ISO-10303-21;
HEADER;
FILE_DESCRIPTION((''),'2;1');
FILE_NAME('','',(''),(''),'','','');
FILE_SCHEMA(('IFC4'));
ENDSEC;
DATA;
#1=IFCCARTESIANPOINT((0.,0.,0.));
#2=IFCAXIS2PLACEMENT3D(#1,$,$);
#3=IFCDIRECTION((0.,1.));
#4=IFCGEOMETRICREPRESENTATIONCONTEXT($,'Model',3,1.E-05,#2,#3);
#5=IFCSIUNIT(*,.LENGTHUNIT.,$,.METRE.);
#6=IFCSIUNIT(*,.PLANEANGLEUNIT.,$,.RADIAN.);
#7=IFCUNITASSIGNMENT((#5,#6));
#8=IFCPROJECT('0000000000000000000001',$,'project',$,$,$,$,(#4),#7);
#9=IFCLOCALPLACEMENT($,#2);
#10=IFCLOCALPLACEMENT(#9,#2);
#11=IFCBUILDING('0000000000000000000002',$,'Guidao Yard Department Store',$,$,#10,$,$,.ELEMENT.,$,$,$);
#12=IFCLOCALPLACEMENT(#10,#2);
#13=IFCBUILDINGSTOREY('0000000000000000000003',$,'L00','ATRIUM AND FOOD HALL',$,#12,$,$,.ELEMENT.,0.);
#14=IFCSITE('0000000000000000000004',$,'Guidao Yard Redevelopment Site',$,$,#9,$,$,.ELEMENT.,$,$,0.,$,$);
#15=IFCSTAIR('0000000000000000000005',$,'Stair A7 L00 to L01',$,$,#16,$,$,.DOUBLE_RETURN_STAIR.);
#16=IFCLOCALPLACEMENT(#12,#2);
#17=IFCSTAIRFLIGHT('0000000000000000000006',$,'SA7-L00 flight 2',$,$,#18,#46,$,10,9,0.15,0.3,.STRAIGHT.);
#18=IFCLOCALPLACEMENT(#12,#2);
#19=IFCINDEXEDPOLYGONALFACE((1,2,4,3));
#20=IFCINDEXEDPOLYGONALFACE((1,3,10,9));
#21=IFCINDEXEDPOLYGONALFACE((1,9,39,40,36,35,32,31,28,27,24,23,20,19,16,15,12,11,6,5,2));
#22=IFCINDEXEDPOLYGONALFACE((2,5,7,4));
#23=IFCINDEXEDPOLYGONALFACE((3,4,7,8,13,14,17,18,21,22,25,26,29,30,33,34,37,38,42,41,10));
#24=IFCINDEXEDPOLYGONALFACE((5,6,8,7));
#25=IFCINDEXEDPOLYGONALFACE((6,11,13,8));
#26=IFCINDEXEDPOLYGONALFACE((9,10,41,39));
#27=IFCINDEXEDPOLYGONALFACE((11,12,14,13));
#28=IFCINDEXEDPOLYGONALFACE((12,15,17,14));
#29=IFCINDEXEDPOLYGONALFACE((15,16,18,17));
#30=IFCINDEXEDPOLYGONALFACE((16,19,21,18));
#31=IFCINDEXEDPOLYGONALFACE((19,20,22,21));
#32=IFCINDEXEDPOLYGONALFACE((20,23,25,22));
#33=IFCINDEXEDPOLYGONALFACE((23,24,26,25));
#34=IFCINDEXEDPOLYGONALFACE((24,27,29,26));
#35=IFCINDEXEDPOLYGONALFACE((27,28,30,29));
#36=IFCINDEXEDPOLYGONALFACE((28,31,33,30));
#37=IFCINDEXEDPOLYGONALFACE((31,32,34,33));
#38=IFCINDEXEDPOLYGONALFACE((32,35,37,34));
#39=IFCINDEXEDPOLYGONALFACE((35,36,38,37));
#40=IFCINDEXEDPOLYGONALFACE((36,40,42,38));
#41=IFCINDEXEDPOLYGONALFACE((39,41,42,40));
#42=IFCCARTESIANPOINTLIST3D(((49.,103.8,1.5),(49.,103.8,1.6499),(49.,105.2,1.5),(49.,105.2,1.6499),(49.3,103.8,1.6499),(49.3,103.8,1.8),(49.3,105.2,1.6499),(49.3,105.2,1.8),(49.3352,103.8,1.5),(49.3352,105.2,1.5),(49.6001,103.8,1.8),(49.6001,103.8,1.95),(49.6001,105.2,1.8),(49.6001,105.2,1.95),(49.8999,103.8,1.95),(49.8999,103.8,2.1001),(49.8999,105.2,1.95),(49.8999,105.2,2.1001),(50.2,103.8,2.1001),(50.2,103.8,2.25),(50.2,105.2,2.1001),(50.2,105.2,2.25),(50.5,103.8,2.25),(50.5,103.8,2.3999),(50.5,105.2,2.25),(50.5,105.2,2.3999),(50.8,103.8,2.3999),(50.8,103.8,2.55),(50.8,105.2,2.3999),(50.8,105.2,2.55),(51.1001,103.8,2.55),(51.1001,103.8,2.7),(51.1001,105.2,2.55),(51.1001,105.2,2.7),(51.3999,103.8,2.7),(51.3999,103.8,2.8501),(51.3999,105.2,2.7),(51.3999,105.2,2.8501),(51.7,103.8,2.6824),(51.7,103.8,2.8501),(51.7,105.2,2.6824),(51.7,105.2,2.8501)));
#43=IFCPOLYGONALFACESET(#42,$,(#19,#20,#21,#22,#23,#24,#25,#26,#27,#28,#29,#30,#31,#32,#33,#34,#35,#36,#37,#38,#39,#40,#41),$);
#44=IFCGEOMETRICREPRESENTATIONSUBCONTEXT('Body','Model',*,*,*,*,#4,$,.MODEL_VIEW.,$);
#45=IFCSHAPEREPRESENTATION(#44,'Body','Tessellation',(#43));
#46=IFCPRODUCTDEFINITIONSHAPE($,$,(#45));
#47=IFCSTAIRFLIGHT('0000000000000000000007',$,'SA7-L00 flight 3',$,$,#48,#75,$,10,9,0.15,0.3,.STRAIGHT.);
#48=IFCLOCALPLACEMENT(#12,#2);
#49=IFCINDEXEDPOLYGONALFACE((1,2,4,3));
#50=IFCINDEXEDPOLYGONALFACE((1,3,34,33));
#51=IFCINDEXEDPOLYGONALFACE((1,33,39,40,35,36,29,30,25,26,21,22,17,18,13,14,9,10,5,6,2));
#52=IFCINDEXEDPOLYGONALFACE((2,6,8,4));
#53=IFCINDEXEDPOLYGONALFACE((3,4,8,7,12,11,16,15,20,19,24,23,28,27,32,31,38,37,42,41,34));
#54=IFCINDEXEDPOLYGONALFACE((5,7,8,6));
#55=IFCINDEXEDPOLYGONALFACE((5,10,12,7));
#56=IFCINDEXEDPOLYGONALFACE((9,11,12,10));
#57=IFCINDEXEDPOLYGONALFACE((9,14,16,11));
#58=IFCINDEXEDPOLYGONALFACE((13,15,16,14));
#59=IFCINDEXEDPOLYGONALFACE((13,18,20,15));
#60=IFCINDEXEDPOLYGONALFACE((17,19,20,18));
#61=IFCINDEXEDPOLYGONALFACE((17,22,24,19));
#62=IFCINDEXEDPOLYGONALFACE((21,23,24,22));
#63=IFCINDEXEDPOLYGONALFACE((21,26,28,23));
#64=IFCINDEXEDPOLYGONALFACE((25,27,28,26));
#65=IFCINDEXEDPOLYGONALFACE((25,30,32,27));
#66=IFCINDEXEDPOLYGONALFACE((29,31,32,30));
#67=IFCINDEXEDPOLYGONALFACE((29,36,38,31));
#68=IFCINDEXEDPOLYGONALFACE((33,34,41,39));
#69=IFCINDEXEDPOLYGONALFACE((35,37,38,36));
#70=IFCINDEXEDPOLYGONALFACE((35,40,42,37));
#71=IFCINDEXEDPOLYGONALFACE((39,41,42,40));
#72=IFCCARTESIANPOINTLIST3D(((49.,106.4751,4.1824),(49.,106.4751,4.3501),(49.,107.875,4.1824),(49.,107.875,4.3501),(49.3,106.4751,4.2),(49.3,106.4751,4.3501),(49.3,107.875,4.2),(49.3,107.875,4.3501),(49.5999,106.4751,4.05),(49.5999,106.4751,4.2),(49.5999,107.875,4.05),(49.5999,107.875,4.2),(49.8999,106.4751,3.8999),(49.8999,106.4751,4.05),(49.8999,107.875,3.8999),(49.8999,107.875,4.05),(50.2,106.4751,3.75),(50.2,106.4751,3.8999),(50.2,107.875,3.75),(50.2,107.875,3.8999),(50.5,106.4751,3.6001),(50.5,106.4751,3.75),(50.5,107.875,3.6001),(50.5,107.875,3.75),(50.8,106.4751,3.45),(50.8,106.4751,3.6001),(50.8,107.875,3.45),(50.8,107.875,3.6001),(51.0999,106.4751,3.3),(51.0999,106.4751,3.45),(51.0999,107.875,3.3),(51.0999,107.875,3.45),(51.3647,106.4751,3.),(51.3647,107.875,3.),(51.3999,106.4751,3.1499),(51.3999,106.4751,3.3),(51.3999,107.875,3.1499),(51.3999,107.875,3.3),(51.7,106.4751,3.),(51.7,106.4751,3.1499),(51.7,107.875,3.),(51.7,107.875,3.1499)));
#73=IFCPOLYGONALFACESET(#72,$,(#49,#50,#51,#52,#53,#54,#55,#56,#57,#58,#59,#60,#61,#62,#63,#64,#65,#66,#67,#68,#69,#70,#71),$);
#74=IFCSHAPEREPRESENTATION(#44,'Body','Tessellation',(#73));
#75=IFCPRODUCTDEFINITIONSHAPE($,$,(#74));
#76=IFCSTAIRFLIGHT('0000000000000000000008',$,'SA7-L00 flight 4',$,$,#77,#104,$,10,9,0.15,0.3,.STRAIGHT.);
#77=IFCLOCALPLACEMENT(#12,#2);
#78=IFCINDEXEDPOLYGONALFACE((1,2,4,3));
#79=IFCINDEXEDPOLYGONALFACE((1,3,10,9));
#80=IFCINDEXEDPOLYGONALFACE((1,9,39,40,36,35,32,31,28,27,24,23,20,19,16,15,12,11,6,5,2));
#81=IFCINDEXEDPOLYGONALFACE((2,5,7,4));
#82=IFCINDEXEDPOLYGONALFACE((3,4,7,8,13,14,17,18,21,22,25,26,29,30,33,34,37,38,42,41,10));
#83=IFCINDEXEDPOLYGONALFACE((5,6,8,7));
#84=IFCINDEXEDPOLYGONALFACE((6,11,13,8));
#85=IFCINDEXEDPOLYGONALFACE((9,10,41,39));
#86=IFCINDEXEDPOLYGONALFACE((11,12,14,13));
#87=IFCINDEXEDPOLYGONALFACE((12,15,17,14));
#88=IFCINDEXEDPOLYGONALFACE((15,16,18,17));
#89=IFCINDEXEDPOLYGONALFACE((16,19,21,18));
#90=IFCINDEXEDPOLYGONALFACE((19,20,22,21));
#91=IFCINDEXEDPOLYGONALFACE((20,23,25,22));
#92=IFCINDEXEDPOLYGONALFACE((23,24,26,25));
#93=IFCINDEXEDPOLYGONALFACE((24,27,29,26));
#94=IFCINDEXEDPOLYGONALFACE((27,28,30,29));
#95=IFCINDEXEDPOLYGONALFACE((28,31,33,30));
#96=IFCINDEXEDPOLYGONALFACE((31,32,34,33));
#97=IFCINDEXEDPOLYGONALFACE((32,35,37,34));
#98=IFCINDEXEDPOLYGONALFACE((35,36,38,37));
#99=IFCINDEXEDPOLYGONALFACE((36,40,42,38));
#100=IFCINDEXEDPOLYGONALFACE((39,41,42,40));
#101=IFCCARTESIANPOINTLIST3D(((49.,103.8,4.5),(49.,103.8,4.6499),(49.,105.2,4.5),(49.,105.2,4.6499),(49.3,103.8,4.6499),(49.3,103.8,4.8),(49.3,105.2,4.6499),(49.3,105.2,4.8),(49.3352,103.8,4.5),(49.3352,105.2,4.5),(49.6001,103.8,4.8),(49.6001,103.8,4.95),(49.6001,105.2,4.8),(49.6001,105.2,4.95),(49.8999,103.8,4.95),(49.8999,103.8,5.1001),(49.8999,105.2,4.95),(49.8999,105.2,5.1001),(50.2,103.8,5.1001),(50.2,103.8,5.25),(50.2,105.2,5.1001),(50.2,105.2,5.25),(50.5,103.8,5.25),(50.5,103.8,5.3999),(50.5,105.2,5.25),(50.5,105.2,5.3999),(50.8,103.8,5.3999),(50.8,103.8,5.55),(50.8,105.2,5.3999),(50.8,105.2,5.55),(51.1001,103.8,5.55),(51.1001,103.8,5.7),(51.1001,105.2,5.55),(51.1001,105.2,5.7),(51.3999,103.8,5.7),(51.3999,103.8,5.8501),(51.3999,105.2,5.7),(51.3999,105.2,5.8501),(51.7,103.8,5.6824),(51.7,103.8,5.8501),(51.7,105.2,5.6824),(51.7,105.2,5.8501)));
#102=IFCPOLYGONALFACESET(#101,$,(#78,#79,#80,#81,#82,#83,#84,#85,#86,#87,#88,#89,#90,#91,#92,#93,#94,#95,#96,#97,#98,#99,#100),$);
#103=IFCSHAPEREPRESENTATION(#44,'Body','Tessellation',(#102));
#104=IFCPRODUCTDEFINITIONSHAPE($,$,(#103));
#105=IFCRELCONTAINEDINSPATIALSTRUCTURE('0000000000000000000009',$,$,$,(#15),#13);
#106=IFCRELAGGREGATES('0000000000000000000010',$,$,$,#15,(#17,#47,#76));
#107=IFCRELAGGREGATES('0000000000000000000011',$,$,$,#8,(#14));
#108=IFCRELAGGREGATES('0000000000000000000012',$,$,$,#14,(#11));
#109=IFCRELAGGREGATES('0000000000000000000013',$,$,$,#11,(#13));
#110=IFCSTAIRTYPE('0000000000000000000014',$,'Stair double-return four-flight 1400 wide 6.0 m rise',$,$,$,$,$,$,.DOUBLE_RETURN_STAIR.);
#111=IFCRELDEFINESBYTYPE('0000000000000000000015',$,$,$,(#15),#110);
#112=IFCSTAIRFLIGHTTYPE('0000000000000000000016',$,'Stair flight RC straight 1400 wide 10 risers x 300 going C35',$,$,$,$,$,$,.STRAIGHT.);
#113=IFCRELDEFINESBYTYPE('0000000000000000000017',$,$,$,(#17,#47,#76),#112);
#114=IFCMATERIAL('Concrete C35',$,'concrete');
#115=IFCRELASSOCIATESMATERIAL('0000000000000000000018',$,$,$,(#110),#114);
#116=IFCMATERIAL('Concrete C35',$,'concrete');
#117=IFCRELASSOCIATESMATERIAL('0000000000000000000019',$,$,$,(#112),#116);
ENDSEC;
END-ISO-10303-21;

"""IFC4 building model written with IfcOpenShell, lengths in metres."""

from ifc_helpers import new_model, si_unit, direction, frame, origin, place, context, subcontext, project, spatial, polyline, outline, extrude, material, type_object, element, aggregate, save


model = new_model("IFC4")

# Units and contexts
model_context = context("Model", 3, precision=1e-05, world=origin(), true_north=direction((0.0, 1.0)))
body_context = subcontext(model_context, "Body", "Model", "MODEL_VIEW")
ifc_project = project(units=[si_unit("LENGTHUNIT", "METRE"), si_unit("PLANEANGLEUNIT", "RADIAN")], contexts=[model_context])

# Site, building, storey
site_placement = place(None, origin())
site = spatial("IfcSite", under=ifc_project, at=site_placement, Name="Guidao Yard Redevelopment Site", CompositionType="ELEMENT", RefElevation=0.0)
building_placement = place(site_placement, origin())
building = spatial("IfcBuilding", under=site, at=building_placement, Name="Guidao Yard Department Store", CompositionType="ELEMENT")
storey_placement = place(building_placement, origin())
storey = spatial("IfcBuildingStorey", under=building, at=storey_placement, Name="L00", Description="ATRIUM AND FOOD HALL", CompositionType="ELEMENT", Elevation=0.0)

# Stair, stair flights
ifc_material_1 = material(Name="Concrete C35", Category="concrete")
stair_type = type_object("IfcStairType", Name="Stair double-return four-flight 1400 wide 6.0 m rise", PredefinedType="DOUBLE_RETURN_STAIR", material=ifc_material_1)
stair_placement = place(storey_placement, origin())
stair = element("IfcStair", 1, at=stair_placement, inside=storey, type_object=stair_type, Name="Stair A7 L00 to L01", PredefinedType="DOUBLE_RETURN_STAIR")
ifc_material_2 = material(Name="Concrete C35", Category="concrete")
stair_flight_type = type_object("IfcStairFlightType", Name="Stair flight RC straight 1400 wide 10 risers x 300 going C35", PredefinedType="STRAIGHT", material=ifc_material_2)
stair_flight_1_placement = place(storey_placement, frame((49.0, 104.5, 1.5), z_axis=(0.0, 0.0, 1.0), x_axis=(1.0, 0.0, 0.0)))
stair_flight_1 = element("IfcStairFlight", 2, at=stair_flight_1_placement, type_object=stair_flight_type, Name="SA7-L00 flight 2", NumberOfRisers=10, NumberOfTreads=9, PredefinedType="STRAIGHT", RiserHeight=0.15, TreadLength=0.3, context=body_context, shape_type="SweptSolid", body=[
    extrude(outline(polyline([(0.0, 0.0), (0.0, 0.1499), (0.3, 0.1499), (0.3, 0.3), (0.6001, 0.3), (0.6001, 0.45), (0.8999, 0.45), (0.8999, 0.6001), (1.2, 0.6001), (1.2, 0.75), (1.5, 0.75), (1.5, 0.8999), (1.8, 0.8999), (1.8, 1.05), (2.1001, 1.05), (2.1001, 1.2), (2.3999, 1.2), (2.3999, 1.3501), (2.7, 1.3501), (2.7, 1.5), (2.7, 1.1824), (0.3352, 0.0), (0.0, 0.0)])), frame((0.0, 0.7, 0.0), z_axis=(0.0, -1.0, 0.0), x_axis=(1.0, 0.0, 0.0)), (0.0, 0.0, 1.0), 1.3999),
])
stair_flight_2_placement = place(storey_placement, frame((51.7, 107.175, 3.0), z_axis=(0.0, 0.0, 1.0), x_axis=(-1.0, 0.0, 0.0)))
stair_flight_2 = element("IfcStairFlight", 3, at=stair_flight_2_placement, type_object=stair_flight_type, Name="SA7-L00 flight 3", NumberOfRisers=10, NumberOfTreads=9, PredefinedType="STRAIGHT", RiserHeight=0.15, TreadLength=0.3, context=body_context, shape_type="SweptSolid", body=[
    extrude(outline(polyline([(0.0, 0.0), (0.0, 0.1499), (0.3, 0.1499), (0.3, 0.3), (0.6001, 0.3), (0.6001, 0.45), (0.8999, 0.45), (0.8999, 0.6001), (1.2, 0.6001), (1.2, 0.75), (1.5, 0.75), (1.5, 0.8999), (1.8, 0.8999), (1.8, 1.05), (2.1001, 1.05), (2.1001, 1.2), (2.3999, 1.2), (2.3999, 1.3501), (2.7, 1.3501), (2.7, 1.5), (2.7, 1.1824), (0.3352, 0.0), (0.0, 0.0)])), frame((0.0, 0.7, 0.0), z_axis=(0.0, -1.0, 0.0), x_axis=(1.0, 0.0, 0.0)), (0.0, 0.0, 1.0), 1.3999),
])
stair_flight_3_placement = place(storey_placement, frame((49.0, 104.5, 4.5), z_axis=(0.0, 0.0, 1.0), x_axis=(1.0, 0.0, 0.0)))
stair_flight_3 = element("IfcStairFlight", 4, at=stair_flight_3_placement, type_object=stair_flight_type, Name="SA7-L00 flight 4", NumberOfRisers=10, NumberOfTreads=9, PredefinedType="STRAIGHT", RiserHeight=0.15, TreadLength=0.3, context=body_context, shape_type="SweptSolid", body=[
    extrude(outline(polyline([(0.0, 0.0), (0.0, 0.1499), (0.3, 0.1499), (0.3, 0.3), (0.6001, 0.3), (0.6001, 0.45), (0.8999, 0.45), (0.8999, 0.6001), (1.2, 0.6001), (1.2, 0.75), (1.5, 0.75), (1.5, 0.8999), (1.8, 0.8999), (1.8, 1.05), (2.1001, 1.05), (2.1001, 1.2), (2.3999, 1.2), (2.3999, 1.3501), (2.7, 1.3501), (2.7, 1.5), (2.7, 1.1824), (0.3352, 0.0), (0.0, 0.0)])), frame((0.0, 0.7, 0.0), z_axis=(0.0, -1.0, 0.0), x_axis=(1.0, 0.0, 0.0)), (0.0, 0.0, 1.0), 1.3999),
])
aggregate(stair, [stair_flight_1, stair_flight_2, stair_flight_3])

save(model, "model.ifc")
